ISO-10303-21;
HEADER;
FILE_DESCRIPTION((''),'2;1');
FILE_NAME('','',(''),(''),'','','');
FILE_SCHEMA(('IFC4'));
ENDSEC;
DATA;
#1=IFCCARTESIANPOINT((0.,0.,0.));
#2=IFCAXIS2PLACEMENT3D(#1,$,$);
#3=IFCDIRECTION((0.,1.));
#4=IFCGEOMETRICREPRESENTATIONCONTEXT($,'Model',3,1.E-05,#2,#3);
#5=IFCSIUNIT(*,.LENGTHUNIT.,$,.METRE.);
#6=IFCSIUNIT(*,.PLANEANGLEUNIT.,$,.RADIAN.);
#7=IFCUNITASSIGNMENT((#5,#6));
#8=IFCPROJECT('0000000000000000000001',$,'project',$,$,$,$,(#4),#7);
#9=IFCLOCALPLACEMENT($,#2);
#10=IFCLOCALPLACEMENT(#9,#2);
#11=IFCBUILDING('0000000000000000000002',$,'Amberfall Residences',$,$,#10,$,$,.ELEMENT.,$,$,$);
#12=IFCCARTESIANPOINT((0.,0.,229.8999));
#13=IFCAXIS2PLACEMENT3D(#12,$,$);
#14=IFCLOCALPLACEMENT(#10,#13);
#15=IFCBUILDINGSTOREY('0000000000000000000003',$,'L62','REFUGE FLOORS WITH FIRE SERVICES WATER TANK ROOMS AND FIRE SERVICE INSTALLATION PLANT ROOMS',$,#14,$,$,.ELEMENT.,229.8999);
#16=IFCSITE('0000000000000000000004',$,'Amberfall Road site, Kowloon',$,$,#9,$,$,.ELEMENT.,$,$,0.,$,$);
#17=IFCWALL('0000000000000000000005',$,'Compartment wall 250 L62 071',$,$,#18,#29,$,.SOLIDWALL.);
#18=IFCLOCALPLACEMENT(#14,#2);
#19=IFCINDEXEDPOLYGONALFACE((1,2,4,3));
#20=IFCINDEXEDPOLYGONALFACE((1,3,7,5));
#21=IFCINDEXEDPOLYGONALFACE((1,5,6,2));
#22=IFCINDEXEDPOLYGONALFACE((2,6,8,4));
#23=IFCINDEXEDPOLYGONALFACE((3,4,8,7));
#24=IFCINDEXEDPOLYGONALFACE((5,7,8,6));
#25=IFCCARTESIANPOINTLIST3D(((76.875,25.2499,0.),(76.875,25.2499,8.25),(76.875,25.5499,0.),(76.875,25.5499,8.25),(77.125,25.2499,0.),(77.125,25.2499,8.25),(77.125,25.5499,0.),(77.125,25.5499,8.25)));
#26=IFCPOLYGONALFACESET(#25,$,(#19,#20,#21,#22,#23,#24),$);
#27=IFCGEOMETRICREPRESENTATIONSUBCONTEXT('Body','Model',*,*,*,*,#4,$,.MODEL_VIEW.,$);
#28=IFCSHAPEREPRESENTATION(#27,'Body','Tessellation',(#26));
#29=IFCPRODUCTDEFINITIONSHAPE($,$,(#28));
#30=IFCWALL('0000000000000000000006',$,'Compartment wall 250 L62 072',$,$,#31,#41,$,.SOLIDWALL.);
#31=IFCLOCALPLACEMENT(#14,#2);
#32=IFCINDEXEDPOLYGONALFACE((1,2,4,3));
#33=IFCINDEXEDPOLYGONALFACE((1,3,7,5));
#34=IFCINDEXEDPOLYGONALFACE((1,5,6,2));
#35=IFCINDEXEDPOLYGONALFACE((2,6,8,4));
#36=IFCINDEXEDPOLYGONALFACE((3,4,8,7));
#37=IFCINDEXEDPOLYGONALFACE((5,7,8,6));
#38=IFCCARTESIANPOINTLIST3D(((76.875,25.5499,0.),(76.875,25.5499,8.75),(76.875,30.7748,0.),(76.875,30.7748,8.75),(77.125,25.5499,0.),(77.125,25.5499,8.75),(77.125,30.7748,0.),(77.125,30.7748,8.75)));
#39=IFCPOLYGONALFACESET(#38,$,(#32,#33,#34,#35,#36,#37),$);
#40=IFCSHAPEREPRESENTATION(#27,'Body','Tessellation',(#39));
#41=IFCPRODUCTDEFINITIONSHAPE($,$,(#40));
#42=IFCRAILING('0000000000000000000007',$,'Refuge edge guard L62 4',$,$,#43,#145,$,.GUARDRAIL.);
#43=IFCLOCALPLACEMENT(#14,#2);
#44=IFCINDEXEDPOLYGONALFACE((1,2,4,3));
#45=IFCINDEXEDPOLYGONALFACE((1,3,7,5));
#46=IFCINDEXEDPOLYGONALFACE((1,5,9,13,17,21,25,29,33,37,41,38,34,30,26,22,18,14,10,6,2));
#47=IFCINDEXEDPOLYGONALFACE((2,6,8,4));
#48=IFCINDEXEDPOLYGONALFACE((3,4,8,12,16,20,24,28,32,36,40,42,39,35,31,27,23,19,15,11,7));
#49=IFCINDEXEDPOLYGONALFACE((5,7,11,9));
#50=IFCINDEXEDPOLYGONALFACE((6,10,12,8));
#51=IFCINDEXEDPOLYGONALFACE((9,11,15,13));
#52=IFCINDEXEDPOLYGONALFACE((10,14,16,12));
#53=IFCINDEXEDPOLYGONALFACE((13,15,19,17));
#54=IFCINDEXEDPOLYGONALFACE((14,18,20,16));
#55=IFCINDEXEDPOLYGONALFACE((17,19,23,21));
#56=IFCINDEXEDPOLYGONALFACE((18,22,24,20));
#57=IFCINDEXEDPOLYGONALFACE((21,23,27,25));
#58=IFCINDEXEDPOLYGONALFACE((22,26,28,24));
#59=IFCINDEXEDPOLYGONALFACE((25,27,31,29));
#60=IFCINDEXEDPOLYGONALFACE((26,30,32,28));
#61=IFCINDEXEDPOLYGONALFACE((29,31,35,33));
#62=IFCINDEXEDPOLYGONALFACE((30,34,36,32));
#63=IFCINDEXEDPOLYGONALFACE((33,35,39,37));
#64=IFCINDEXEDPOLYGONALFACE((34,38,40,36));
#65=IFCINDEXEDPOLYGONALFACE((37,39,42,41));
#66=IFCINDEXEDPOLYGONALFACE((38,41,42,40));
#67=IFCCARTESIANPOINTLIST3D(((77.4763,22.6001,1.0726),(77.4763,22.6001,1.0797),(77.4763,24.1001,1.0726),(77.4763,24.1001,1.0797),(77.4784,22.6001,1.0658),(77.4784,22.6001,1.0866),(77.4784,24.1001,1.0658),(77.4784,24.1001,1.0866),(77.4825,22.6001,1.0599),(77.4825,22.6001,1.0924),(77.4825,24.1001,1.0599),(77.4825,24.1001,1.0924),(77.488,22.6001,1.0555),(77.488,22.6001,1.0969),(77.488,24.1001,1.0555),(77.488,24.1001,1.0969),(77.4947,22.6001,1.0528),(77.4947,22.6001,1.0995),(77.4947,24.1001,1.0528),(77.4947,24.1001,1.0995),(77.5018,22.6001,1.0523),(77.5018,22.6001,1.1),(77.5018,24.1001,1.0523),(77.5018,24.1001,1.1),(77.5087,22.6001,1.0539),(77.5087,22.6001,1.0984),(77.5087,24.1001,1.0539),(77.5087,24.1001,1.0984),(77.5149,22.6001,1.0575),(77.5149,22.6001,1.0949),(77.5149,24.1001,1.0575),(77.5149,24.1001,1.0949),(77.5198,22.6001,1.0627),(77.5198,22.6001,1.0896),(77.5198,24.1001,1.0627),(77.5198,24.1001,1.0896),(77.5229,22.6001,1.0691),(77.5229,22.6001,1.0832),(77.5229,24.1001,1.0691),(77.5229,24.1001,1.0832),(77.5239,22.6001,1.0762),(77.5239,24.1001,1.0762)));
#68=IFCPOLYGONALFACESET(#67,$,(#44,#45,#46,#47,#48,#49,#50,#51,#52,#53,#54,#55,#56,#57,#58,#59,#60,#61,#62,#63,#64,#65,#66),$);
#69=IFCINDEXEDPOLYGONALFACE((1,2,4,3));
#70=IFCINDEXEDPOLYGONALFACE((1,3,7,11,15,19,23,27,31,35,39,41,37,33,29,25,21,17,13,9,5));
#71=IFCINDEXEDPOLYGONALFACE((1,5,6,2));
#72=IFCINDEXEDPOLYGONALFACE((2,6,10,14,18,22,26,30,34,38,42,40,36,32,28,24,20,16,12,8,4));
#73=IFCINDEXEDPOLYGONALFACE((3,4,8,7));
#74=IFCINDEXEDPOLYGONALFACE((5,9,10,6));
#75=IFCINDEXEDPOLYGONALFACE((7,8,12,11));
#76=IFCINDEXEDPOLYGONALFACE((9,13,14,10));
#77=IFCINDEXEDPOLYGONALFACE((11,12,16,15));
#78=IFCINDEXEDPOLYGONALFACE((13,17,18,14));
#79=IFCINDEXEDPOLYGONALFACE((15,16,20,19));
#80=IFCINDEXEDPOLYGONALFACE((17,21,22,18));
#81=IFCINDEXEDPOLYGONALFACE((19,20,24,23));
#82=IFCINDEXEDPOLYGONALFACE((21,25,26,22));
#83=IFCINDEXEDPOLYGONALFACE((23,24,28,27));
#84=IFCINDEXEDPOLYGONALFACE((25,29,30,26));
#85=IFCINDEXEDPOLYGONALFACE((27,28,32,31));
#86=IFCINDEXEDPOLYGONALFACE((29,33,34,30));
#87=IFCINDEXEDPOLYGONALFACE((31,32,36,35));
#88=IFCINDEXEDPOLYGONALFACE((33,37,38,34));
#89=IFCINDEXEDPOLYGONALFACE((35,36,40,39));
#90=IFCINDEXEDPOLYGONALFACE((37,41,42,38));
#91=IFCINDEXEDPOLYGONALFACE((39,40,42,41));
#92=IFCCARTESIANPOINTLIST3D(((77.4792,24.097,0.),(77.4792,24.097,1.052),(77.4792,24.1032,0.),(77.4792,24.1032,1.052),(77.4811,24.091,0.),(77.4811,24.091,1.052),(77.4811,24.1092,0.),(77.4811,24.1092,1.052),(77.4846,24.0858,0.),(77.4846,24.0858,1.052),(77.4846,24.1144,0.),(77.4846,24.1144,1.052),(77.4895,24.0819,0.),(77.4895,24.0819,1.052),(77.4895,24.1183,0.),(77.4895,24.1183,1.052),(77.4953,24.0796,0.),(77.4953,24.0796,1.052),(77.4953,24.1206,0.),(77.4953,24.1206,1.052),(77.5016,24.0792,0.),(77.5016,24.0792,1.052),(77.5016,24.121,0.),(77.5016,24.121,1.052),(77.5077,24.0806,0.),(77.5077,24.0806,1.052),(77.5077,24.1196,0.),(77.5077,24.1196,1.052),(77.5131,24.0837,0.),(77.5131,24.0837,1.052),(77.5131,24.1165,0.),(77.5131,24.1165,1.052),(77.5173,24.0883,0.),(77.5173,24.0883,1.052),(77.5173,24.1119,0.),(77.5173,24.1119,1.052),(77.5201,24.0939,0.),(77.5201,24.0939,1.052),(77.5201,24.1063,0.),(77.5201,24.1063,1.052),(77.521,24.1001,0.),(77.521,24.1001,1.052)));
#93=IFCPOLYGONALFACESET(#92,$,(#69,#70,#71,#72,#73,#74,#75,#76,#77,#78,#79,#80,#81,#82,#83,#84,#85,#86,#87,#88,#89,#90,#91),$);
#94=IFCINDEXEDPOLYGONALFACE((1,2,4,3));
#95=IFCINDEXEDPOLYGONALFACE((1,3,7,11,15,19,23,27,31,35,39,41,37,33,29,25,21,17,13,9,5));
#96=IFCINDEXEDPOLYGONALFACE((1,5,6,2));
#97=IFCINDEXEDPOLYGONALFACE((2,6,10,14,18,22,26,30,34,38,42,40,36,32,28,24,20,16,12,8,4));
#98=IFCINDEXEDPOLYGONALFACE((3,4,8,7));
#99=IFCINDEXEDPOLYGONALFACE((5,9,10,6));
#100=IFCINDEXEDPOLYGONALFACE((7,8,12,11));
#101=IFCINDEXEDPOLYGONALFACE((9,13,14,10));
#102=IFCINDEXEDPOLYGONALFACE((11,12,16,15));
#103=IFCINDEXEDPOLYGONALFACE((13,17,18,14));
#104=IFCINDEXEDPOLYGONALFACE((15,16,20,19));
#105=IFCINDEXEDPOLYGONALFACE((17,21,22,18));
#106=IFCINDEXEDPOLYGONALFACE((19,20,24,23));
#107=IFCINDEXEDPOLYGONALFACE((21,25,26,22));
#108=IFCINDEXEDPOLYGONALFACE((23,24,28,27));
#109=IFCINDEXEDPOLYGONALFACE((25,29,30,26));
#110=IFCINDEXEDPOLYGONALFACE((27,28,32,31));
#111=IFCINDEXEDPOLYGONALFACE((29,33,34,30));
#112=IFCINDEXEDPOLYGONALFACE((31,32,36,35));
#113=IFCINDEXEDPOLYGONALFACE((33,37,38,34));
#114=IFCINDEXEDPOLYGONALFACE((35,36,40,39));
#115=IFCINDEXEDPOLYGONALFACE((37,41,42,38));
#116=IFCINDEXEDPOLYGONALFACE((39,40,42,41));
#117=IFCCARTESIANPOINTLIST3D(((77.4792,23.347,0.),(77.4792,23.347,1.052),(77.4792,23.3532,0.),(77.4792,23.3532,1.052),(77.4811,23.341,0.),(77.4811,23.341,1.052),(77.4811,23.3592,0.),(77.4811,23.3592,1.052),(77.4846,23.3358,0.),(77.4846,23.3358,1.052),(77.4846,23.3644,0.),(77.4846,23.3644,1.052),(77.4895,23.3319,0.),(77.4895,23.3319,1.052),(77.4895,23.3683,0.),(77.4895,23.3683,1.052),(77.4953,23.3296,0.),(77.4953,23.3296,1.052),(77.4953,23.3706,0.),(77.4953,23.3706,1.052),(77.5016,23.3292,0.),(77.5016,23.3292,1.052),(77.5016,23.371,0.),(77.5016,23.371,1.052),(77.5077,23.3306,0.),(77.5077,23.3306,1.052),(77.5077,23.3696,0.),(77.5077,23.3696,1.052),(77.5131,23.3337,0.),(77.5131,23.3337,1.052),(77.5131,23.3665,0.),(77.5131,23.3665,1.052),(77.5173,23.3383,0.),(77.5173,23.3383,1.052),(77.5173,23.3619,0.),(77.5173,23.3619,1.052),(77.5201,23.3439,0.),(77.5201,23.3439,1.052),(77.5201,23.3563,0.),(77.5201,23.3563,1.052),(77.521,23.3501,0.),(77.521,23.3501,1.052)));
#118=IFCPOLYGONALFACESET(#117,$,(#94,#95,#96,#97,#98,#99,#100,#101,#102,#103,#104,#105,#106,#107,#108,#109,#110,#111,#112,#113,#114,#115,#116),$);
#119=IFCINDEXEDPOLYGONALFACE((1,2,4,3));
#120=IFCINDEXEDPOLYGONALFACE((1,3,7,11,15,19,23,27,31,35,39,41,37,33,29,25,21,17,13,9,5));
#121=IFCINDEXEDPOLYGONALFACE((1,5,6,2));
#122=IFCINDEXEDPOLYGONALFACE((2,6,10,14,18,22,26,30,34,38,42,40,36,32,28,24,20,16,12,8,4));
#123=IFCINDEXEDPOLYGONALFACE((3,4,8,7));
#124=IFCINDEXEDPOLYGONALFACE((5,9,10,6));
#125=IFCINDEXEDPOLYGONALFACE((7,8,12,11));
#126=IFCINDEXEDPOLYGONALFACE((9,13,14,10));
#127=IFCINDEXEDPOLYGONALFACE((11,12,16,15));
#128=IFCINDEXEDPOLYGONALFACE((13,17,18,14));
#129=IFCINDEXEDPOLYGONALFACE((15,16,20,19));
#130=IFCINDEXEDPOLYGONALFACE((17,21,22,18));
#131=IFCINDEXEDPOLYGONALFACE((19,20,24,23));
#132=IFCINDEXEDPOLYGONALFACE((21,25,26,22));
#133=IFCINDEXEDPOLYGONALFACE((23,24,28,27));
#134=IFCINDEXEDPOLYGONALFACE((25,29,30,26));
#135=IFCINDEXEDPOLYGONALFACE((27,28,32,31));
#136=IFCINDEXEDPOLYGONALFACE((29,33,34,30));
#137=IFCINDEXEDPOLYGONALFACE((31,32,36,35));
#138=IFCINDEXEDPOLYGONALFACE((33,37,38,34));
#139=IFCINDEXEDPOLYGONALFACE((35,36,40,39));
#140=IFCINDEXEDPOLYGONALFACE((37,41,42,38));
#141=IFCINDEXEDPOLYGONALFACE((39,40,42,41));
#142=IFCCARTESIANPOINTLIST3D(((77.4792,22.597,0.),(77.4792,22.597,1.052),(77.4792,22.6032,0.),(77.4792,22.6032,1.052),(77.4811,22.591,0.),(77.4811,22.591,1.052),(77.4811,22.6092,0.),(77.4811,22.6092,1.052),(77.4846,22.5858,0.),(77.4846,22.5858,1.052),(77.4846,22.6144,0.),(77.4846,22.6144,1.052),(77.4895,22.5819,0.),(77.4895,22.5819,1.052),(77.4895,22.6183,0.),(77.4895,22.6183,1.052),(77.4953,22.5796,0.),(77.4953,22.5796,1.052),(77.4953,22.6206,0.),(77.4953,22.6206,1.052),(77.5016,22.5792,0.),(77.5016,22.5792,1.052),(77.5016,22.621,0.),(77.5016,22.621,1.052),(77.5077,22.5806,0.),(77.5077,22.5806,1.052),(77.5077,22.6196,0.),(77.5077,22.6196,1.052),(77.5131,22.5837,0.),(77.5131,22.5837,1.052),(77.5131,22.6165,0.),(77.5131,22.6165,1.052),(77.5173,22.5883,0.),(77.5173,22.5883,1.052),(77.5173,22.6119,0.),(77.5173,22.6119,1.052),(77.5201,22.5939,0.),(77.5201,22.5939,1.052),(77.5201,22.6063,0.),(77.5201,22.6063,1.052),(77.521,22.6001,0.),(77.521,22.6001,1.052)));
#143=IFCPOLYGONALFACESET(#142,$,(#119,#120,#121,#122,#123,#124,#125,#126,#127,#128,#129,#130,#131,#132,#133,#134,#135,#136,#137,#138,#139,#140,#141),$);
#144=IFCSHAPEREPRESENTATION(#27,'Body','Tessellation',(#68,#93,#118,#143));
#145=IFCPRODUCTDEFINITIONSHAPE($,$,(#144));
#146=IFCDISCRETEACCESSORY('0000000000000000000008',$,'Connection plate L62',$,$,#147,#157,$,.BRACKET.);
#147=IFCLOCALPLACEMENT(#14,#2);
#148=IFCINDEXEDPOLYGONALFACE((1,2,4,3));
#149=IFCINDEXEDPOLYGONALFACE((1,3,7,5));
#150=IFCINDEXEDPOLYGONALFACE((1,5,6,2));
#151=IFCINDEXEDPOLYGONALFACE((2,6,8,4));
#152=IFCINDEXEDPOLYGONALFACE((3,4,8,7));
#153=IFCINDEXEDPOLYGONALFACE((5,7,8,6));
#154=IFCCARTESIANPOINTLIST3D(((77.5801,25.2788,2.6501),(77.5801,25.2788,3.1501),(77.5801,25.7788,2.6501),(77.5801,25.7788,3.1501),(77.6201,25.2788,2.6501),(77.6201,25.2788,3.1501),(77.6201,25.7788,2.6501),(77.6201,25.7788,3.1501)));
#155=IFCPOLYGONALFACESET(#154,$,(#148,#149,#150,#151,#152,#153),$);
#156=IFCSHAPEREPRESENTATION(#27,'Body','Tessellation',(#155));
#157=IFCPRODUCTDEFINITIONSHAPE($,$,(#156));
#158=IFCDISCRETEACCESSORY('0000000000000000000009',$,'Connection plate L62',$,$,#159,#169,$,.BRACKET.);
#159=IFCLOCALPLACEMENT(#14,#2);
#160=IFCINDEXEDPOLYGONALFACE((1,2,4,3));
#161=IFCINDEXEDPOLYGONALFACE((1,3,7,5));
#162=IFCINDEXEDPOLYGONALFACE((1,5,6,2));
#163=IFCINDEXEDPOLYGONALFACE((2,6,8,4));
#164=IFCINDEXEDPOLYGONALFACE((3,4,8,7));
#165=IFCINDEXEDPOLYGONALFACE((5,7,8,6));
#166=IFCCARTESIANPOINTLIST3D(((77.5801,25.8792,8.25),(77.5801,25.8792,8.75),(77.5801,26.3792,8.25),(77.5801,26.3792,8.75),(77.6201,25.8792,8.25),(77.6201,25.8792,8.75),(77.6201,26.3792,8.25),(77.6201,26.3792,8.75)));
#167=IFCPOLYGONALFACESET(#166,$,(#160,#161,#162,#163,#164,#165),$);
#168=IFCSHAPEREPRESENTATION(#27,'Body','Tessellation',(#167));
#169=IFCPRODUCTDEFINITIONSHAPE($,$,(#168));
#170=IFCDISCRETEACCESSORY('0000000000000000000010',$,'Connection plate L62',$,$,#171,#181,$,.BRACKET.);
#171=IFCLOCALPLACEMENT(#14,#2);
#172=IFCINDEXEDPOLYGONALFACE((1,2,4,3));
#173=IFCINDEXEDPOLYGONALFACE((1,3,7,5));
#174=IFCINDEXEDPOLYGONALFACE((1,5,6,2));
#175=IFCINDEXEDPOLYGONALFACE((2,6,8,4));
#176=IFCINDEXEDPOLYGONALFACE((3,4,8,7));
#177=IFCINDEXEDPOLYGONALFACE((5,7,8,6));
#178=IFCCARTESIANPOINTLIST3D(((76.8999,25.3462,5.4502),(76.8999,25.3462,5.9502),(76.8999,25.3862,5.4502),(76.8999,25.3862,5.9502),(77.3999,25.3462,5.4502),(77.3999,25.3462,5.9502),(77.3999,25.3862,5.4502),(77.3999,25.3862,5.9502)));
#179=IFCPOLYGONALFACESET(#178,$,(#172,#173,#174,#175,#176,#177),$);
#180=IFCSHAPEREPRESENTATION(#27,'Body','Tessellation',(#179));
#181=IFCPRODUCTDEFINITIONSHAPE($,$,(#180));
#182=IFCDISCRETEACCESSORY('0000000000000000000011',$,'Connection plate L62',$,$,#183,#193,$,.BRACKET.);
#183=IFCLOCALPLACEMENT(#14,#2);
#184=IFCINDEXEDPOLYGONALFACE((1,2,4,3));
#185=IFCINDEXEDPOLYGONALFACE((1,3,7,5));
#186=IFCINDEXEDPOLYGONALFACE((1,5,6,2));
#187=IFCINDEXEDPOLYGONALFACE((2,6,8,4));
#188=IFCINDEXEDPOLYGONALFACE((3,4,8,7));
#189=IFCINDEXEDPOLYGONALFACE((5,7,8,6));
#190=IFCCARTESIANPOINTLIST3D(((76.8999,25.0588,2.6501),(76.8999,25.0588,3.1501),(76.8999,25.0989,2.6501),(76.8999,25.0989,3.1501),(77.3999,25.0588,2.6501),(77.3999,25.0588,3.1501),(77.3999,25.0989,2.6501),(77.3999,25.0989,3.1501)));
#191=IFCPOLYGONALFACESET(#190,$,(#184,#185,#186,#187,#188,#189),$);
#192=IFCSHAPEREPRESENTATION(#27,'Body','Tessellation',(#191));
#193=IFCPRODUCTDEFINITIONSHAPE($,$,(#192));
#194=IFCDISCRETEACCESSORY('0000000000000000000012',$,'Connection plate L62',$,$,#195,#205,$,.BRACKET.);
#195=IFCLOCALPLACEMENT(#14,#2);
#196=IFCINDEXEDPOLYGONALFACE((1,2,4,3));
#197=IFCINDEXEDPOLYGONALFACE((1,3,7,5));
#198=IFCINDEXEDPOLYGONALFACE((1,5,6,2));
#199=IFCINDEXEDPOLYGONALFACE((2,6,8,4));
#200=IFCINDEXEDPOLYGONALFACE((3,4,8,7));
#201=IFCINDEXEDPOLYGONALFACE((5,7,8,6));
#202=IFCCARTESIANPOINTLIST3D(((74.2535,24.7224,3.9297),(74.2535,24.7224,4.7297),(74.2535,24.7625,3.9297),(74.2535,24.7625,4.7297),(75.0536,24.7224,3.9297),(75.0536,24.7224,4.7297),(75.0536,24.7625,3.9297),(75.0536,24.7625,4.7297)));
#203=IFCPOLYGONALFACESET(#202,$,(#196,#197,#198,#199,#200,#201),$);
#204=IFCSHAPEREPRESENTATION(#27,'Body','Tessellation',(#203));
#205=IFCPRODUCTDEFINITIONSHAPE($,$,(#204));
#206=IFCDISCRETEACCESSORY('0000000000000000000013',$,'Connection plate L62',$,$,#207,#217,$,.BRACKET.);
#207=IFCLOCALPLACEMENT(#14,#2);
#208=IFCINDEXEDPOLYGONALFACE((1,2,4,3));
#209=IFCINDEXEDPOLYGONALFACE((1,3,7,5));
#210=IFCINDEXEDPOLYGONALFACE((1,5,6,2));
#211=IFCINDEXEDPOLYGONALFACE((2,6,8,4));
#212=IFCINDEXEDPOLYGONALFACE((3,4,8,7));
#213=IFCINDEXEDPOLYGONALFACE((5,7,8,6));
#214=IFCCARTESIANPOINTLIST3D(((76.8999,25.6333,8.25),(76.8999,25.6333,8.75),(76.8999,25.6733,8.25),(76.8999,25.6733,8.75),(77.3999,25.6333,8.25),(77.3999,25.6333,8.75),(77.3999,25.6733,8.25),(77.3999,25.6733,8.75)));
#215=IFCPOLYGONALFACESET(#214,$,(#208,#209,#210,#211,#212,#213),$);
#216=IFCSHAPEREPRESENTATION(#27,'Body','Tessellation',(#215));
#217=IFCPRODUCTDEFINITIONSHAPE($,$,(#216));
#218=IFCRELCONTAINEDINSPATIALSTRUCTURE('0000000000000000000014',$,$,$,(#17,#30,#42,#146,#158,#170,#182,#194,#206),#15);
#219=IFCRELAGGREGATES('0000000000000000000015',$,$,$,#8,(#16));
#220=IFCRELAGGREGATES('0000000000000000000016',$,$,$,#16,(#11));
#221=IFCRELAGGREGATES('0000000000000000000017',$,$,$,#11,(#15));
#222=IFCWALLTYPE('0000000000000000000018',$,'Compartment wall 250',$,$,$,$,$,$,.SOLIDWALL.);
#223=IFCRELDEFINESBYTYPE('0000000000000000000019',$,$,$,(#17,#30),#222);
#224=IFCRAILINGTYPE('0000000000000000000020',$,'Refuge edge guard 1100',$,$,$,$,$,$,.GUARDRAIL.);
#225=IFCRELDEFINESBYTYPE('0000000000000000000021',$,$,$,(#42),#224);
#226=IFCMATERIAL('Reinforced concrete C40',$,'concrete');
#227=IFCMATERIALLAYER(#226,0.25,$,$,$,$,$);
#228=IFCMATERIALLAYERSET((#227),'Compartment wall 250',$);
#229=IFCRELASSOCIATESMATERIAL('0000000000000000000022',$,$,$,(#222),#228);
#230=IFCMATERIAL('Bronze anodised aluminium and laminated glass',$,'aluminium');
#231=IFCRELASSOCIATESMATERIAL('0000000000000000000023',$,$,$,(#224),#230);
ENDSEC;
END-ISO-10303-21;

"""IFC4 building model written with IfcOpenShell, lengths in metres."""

from ifc_helpers import new_model, si_unit, direction, frame, frame_2d, origin, origin_2d, place, context, subcontext, project, spatial, rectangle, circle, extrude, material, layer, layer_set, type_object, element, save


model = new_model("IFC4")

# Units and contexts
model_context = context("Model", 3, precision=1e-05, world=origin(), true_north=direction((0.0, 1.0)))
body_context = subcontext(model_context, "Body", "Model", "MODEL_VIEW")
ifc_project = project(units=[si_unit("LENGTHUNIT", "METRE"), si_unit("PLANEANGLEUNIT", "RADIAN")], contexts=[model_context])

# Site, building, storey
site_placement = place(None, origin())
site = spatial("IfcSite", under=ifc_project, at=site_placement, Name="Amberfall Road site, Kowloon", CompositionType="ELEMENT", RefElevation=0.0)
building_placement = place(site_placement, origin())
building = spatial("IfcBuilding", under=site, at=building_placement, Name="Amberfall Residences", CompositionType="ELEMENT")
storey_placement = place(building_placement, frame((0.0, 0.0, 229.8999)))
storey = spatial("IfcBuildingStorey", under=building, at=storey_placement, Name="L62", Description="REFUGE FLOORS WITH FIRE SERVICES WATER TANK ROOMS AND FIRE SERVICE INSTALLATION PLANT ROOMS", CompositionType="ELEMENT", Elevation=229.8999)

# Walls
ifc_material_1 = material(Name="Reinforced concrete C40", Category="concrete")
ifc_layer = layer(ifc_material_1, 0.25)
ifc_layer_set = layer_set([ifc_layer], Name="Compartment wall 250")
wall_type = type_object("IfcWallType", Name="Compartment wall 250", PredefinedType="SOLIDWALL", material=ifc_layer_set)
wall_1_placement = place(storey_placement, frame((77.0, 25.25, 0.0), z_axis=(0.0, 0.0, 1.0), x_axis=(0.0, 1.0, 0.0)))
element("IfcWall", 1, at=wall_1_placement, inside=storey, type_object=wall_type, Name="Compartment wall 250 L62 071", PredefinedType="SOLIDWALL", context=body_context, shape_type="SweptSolid", body=[
    extrude(rectangle(XDim=0.3, YDim=0.25, at=frame_2d((0.1499, 0.0))), origin(), (0.0, 0.0, 1.0), 8.25),
])
wall_2_placement = place(storey_placement, frame((77.0, 25.55, 0.0), z_axis=(0.0, 0.0, 1.0), x_axis=(0.0, 1.0, 0.0)))
element("IfcWall", 2, at=wall_2_placement, inside=storey, type_object=wall_type, Name="Compartment wall 250 L62 072", PredefinedType="SOLIDWALL", context=body_context, shape_type="SweptSolid", body=[
    extrude(rectangle(XDim=5.2249, YDim=0.25, at=frame_2d((2.6123, 0.0))), origin(), (0.0, 0.0, 1.0), 8.75),
])

# Railing
ifc_material_2 = material(Name="Bronze anodised aluminium and laminated glass", Category="aluminium")
railing_type = type_object("IfcRailingType", Name="Refuge edge guard 1100", PredefinedType="GUARDRAIL", material=ifc_material_2)
railing_1_placement = place(storey_placement, frame((77.5, 24.1001, 0.0)))
element("IfcRailing", 3, at=railing_1_placement, inside=storey, type_object=railing_type, Name="Refuge edge guard L62 4", PredefinedType="GUARDRAIL", context=body_context, shape_type="SweptSolid", body=[
    extrude(circle(Radius=0.0239, at=origin_2d()), frame((0.0, 0.0, 1.0762), z_axis=(0.0, -1.0, 0.0), x_axis=(1.0, 0.0, 0.0)), (0.0, 0.0, 1.0), 1.5),
    extrude(circle(Radius=0.021, at=origin_2d()), origin(), (0.0, 0.0, 1.0), 1.052),
    extrude(circle(Radius=0.021, at=origin_2d()), frame((0.0, -0.75, 0.0)), (0.0, 0.0, 1.0), 1.052),
    extrude(circle(Radius=0.021, at=origin_2d()), frame((0.0, -1.5, 0.0)), (0.0, 0.0, 1.0), 1.052),
])

# Discrete accessories
for number, where, z_axis, x_axis, name in (
    (4, (77.6001, 25.5288, 2.6501), (0.0, 0.0, 1.0), (0.0, 1.0, 0.0), "Connection plate L62"),
    (5, (77.6001, 26.1292, 8.25), (0.0, 0.0, 1.0), (0.0, 1.0, 0.0), "Connection plate L62"),
    (6, (77.1499, 25.3662, 5.4502), (0.0, 0.0, 1.0), (1.0, 0.0, 0.0), "Connection plate L62"),
    (7, (77.1499, 25.0789, 2.6501), (0.0, 0.0, 1.0), (1.0, 0.0, 0.0), "Connection plate L62"),
):
    element("IfcDiscreteAccessory", number, at=place(storey_placement, frame(where, z_axis=z_axis, x_axis=x_axis)), inside=storey, Name=name, PredefinedType="BRACKET", context=body_context, shape_type="SweptSolid", body=[
        extrude(rectangle(XDim=0.5, YDim=0.04, at=origin_2d()), origin(), (0.0, 0.0, 1.0), 0.5),
    ])
discrete_accessory_1_placement = place(storey_placement, frame((74.6536, 24.7424, 3.9297), z_axis=(0.0, 0.0, 1.0), x_axis=(1.0, 0.0, 0.0)))
element("IfcDiscreteAccessory", 8, at=discrete_accessory_1_placement, inside=storey, Name="Connection plate L62", PredefinedType="BRACKET", context=body_context, shape_type="SweptSolid", body=[
    extrude(rectangle(XDim=0.8, YDim=0.04, at=origin_2d()), origin(), (0.0, 0.0, 1.0), 0.8),
])
discrete_accessory_2_placement = place(storey_placement, frame((77.1499, 25.6533, 8.25), z_axis=(0.0, 0.0, 1.0), x_axis=(1.0, 0.0, 0.0)))
element("IfcDiscreteAccessory", 9, at=discrete_accessory_2_placement, inside=storey, Name="Connection plate L62", PredefinedType="BRACKET", context=body_context, shape_type="SweptSolid", body=[
    extrude(rectangle(XDim=0.5, YDim=0.04, at=origin_2d()), origin(), (0.0, 0.0, 1.0), 0.5),
])

save(model, "model.ifc")
